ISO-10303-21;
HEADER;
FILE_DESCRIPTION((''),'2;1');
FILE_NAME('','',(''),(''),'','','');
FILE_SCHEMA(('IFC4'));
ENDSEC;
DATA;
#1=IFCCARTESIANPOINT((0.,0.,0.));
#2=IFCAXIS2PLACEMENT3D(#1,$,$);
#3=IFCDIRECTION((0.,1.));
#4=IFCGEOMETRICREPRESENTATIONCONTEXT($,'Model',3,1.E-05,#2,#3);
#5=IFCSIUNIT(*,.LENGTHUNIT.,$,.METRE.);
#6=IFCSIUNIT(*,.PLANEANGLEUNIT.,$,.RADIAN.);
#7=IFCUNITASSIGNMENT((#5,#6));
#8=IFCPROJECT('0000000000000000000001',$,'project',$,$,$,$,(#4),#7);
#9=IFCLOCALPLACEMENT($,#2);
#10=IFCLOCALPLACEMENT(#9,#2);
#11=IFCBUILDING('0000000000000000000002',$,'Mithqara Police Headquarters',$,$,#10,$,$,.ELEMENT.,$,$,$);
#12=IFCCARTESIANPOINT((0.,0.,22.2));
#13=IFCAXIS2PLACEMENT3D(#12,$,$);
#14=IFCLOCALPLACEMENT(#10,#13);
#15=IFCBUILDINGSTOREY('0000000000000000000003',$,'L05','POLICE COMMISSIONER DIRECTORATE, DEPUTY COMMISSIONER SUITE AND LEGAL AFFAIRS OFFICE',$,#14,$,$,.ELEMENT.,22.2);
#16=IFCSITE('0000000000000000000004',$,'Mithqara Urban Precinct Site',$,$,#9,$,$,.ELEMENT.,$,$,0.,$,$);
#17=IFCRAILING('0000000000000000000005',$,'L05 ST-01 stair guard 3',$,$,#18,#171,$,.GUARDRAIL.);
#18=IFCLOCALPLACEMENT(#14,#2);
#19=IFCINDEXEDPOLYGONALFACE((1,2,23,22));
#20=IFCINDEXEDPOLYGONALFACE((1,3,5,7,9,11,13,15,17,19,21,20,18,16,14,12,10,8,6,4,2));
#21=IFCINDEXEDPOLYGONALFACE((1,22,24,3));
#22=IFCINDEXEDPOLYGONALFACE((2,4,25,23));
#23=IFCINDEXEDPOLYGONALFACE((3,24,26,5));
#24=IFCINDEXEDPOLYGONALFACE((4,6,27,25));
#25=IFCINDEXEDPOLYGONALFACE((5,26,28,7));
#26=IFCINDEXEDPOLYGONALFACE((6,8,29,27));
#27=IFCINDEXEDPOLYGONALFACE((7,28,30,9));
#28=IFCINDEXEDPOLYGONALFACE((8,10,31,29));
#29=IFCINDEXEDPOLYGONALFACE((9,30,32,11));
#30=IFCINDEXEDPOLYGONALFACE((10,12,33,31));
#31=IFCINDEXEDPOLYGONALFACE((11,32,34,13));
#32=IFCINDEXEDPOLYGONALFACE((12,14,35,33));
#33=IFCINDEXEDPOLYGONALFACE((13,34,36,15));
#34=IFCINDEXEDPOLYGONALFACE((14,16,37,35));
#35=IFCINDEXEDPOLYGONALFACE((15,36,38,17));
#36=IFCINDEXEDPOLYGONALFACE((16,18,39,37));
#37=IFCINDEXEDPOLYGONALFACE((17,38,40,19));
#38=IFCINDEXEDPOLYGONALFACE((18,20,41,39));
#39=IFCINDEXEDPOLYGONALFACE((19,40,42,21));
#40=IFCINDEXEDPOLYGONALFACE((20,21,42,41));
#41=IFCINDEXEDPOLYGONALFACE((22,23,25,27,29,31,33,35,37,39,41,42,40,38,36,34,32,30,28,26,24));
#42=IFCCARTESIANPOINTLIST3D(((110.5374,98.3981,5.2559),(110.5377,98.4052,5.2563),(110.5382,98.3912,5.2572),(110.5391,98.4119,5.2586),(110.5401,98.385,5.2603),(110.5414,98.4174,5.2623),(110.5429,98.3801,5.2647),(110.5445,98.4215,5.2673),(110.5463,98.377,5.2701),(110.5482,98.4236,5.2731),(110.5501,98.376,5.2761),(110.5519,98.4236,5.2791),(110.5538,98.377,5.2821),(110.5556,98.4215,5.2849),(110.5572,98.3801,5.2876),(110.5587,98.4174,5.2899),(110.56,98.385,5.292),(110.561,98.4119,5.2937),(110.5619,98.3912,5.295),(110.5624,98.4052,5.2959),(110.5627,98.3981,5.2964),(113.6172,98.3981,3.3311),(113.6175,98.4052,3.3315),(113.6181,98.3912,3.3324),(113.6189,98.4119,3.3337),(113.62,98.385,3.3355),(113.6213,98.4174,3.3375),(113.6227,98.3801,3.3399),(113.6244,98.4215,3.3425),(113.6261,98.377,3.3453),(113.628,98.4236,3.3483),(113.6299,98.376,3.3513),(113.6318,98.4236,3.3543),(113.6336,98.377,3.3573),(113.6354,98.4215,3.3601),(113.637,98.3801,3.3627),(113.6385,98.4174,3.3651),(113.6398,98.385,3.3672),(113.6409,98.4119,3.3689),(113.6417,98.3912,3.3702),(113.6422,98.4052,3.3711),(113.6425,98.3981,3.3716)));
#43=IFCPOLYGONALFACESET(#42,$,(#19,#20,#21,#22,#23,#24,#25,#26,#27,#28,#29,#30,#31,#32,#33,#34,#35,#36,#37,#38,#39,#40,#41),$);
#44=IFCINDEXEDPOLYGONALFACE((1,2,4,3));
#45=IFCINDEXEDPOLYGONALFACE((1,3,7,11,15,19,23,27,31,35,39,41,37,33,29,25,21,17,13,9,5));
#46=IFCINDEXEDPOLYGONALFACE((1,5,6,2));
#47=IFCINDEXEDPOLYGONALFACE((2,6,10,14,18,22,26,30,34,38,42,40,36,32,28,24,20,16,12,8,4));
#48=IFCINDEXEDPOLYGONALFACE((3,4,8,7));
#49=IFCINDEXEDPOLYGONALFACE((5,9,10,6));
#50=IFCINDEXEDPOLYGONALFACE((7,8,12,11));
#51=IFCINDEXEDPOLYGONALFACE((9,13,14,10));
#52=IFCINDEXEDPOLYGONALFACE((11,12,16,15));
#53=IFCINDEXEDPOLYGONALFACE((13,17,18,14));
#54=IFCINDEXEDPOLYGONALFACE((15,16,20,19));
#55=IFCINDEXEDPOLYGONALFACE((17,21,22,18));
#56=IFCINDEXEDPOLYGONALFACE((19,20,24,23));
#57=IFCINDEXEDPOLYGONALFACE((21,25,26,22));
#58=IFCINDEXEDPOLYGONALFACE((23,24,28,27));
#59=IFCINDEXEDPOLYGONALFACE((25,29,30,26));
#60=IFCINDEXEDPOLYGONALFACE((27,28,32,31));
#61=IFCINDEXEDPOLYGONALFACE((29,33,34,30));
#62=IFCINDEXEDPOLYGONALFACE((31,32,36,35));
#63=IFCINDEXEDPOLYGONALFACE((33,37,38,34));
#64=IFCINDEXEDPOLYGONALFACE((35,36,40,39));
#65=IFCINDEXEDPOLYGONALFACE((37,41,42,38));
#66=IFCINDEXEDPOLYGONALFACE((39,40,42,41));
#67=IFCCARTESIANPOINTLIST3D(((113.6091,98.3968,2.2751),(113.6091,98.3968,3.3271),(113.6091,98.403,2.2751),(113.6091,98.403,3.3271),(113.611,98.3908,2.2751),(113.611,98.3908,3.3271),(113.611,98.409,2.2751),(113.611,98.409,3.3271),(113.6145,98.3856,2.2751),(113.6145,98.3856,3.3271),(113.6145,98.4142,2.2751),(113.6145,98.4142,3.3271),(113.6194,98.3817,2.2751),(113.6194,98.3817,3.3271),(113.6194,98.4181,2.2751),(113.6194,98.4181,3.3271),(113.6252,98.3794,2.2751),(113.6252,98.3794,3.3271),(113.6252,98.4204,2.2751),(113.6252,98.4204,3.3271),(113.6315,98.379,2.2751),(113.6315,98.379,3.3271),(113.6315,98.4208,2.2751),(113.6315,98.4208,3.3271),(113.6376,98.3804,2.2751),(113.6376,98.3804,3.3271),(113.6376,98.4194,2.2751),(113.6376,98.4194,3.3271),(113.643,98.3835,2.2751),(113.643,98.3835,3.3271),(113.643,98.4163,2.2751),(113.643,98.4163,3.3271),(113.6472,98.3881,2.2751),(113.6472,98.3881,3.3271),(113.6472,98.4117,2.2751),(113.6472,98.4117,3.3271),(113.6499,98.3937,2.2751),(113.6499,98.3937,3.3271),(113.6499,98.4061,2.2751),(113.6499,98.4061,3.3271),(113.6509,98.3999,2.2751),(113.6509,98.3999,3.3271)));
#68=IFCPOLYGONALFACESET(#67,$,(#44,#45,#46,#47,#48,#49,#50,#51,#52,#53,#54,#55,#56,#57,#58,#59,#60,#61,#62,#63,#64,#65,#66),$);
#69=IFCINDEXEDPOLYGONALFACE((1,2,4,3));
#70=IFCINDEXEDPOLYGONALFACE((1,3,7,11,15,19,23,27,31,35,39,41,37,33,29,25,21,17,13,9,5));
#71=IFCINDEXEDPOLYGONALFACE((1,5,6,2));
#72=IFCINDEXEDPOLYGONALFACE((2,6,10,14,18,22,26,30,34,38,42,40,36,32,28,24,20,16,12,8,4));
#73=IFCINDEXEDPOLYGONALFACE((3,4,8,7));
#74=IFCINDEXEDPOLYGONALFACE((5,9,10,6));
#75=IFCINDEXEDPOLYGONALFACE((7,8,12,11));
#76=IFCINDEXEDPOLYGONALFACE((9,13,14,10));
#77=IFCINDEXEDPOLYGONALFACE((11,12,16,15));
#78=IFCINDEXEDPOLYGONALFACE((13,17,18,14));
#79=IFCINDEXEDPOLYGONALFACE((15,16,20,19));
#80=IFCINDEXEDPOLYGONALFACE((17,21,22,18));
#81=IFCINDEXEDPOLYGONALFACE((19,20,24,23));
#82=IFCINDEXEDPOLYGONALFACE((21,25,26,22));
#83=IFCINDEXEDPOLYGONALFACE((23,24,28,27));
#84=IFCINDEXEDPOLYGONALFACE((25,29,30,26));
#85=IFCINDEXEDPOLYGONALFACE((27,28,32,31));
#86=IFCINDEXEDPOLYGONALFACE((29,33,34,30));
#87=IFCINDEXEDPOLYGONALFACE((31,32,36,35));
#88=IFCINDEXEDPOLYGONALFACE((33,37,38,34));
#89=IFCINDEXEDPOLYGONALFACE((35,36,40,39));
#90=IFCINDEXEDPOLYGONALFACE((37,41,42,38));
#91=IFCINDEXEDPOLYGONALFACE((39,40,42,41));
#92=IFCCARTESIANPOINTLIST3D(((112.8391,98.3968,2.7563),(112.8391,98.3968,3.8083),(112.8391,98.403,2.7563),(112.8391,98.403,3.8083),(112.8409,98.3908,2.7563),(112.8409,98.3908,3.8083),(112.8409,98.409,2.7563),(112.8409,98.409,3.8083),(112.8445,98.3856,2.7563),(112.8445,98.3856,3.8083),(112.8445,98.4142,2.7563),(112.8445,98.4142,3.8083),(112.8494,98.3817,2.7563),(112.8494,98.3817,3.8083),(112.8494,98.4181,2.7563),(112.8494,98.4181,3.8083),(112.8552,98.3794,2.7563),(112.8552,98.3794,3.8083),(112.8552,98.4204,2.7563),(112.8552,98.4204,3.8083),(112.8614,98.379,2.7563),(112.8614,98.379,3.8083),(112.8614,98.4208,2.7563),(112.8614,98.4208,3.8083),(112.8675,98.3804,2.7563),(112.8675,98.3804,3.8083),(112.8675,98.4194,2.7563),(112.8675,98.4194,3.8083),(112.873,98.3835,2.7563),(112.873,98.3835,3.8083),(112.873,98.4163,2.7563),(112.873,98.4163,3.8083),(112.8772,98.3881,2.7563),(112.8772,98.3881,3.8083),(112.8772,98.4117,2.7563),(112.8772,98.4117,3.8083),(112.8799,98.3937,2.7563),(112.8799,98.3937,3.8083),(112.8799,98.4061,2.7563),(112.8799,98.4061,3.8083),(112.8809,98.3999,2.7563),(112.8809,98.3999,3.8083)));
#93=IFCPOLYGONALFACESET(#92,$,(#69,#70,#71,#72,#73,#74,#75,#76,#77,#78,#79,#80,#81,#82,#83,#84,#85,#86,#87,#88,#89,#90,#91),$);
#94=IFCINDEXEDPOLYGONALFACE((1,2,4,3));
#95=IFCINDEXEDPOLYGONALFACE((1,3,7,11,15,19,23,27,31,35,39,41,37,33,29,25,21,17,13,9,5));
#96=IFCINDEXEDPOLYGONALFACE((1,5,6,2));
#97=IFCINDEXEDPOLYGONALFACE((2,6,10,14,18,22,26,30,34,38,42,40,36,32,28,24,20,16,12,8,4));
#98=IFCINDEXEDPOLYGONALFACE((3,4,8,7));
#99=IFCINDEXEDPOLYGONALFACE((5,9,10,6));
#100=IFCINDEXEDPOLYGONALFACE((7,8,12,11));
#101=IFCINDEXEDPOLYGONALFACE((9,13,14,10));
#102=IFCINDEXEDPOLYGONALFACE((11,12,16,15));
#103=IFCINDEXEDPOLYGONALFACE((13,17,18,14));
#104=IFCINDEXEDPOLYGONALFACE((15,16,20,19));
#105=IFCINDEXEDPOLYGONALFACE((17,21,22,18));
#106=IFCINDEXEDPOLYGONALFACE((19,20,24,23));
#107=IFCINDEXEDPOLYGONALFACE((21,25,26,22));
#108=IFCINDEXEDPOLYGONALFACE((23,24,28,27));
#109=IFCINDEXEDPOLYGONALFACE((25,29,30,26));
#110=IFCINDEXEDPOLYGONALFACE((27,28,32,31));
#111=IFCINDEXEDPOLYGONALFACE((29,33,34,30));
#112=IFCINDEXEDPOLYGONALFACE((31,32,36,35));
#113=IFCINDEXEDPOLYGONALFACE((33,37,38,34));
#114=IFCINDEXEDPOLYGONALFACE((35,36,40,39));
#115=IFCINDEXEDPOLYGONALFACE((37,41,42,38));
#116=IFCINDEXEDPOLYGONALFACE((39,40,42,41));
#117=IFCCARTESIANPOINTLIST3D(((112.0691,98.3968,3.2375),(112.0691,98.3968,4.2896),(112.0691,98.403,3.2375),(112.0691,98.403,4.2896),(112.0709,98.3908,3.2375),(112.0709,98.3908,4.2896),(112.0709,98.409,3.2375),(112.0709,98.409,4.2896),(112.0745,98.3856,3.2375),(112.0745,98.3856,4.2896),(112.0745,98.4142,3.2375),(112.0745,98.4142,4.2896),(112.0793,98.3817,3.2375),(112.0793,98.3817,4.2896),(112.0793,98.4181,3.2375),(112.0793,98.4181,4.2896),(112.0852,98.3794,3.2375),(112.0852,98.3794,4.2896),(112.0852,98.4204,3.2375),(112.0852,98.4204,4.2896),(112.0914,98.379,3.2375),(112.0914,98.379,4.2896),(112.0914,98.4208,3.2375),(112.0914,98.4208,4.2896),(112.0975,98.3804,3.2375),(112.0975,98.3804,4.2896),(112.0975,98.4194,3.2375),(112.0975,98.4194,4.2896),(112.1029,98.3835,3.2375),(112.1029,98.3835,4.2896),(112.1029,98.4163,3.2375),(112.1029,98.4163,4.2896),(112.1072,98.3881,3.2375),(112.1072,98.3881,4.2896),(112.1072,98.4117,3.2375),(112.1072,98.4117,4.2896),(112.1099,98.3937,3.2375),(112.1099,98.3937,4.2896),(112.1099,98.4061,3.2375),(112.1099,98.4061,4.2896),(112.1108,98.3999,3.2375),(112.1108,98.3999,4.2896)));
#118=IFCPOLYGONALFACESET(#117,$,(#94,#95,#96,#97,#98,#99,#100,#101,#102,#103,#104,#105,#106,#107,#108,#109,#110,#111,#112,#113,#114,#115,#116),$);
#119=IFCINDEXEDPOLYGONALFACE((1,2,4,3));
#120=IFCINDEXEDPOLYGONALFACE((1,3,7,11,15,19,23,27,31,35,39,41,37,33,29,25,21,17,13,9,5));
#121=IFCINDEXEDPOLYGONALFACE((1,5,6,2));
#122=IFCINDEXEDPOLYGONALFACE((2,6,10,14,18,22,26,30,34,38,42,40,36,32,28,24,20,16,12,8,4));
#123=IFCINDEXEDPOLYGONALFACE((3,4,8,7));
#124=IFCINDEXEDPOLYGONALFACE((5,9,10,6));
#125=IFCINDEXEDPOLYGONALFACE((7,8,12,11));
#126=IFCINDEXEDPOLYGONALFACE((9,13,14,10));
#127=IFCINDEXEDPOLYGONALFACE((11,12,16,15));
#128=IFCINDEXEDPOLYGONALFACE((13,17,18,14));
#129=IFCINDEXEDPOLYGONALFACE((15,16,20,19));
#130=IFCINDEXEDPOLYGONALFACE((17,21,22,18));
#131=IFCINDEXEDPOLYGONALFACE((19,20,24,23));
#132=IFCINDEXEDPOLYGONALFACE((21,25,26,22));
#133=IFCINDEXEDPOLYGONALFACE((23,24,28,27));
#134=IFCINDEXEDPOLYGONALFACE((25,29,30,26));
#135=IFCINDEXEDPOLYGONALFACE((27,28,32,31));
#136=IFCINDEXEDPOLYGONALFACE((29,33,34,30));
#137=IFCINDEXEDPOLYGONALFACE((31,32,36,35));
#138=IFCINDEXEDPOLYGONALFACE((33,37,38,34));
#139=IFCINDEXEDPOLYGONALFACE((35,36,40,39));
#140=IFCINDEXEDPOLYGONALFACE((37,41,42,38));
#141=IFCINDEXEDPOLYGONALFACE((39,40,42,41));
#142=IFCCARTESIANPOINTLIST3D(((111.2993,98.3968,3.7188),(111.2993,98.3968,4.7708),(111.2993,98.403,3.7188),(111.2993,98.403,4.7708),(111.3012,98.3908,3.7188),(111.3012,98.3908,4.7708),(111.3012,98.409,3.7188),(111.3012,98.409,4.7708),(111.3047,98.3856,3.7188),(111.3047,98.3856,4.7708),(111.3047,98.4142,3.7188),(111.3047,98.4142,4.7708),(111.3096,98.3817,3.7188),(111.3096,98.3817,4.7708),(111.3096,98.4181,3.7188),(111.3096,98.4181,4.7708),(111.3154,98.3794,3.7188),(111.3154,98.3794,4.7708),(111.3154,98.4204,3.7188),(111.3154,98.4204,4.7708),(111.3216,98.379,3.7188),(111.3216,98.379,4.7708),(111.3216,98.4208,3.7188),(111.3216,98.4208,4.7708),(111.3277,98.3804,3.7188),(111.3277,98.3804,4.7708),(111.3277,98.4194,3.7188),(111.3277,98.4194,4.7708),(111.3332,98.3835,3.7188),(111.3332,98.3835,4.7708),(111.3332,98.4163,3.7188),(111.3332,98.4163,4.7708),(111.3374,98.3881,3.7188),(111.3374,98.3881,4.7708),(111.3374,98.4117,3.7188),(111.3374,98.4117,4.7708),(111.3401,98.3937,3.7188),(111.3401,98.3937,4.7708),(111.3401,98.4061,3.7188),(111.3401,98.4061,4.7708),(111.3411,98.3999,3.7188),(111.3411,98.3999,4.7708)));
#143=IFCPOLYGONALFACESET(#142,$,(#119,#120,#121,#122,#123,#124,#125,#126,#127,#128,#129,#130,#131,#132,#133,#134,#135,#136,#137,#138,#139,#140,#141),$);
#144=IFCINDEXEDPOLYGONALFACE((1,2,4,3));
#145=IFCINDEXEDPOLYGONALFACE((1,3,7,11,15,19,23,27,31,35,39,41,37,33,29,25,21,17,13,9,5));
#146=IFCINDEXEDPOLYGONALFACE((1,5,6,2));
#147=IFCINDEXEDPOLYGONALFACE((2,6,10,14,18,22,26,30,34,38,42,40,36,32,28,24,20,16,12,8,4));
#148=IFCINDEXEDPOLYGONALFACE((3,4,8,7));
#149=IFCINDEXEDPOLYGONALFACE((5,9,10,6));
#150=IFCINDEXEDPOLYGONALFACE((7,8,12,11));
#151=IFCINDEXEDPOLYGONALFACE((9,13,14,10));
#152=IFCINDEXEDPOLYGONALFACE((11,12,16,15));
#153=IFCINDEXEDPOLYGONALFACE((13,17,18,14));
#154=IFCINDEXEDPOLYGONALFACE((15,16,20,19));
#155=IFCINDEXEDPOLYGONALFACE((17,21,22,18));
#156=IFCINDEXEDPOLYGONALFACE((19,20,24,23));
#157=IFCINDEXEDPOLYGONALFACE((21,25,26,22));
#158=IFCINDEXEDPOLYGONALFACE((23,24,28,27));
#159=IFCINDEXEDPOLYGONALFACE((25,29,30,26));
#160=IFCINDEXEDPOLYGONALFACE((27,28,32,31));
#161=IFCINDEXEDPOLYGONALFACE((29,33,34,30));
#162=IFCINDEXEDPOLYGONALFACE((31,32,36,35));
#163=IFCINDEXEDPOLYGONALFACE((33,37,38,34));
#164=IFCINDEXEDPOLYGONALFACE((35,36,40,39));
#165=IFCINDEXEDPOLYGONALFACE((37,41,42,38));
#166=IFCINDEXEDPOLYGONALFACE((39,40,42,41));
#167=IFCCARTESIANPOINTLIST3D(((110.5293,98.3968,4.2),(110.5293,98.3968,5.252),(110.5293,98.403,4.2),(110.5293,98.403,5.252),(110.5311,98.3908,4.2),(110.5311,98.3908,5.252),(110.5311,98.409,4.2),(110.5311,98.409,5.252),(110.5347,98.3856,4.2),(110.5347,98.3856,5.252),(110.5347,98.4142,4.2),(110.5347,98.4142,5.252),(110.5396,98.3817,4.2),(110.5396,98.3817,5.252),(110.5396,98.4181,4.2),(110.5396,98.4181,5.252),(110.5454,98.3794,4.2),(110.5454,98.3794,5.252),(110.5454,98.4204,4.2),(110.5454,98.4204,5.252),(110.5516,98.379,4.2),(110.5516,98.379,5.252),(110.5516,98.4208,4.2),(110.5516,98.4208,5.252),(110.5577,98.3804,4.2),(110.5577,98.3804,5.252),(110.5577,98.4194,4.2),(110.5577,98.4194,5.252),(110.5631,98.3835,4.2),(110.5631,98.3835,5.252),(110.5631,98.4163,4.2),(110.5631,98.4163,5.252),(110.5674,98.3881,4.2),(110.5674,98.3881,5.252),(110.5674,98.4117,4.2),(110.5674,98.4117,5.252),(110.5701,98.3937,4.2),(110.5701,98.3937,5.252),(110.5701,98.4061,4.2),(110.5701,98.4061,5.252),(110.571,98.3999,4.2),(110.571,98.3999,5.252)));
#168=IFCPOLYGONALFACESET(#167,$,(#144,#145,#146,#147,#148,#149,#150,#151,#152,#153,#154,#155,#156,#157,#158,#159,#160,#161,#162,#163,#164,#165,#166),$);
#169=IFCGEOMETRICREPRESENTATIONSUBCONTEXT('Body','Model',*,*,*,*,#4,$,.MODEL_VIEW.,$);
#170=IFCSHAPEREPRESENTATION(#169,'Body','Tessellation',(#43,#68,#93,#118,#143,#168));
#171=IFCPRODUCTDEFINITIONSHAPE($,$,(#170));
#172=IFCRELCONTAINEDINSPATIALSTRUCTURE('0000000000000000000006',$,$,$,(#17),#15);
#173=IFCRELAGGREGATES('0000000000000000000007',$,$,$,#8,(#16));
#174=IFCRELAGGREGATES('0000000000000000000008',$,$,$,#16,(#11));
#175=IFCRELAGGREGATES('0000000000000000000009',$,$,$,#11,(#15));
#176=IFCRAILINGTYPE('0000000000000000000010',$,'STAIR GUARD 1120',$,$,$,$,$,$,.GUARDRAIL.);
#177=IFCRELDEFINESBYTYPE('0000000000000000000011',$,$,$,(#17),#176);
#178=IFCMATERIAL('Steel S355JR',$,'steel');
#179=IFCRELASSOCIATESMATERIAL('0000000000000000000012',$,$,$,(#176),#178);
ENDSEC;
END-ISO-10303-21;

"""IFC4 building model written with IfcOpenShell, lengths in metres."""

from ifc_helpers import new_model, si_unit, direction, frame, origin, origin_2d, place, context, subcontext, project, spatial, circle, extrude, material, type_object, element, save


model = new_model("IFC4")

# Units and contexts
model_context = context("Model", 3, precision=1e-05, world=origin(), true_north=direction((0.0, 1.0)))
body_context = subcontext(model_context, "Body", "Model", "MODEL_VIEW")
ifc_project = project(units=[si_unit("LENGTHUNIT", "METRE"), si_unit("PLANEANGLEUNIT", "RADIAN")], contexts=[model_context])

# Site, building, storey
site_placement = place(None, origin())
site = spatial("IfcSite", under=ifc_project, at=site_placement, Name="Mithqara Urban Precinct Site", CompositionType="ELEMENT", RefElevation=0.0)
building_placement = place(site_placement, origin())
building = spatial("IfcBuilding", under=site, at=building_placement, Name="Mithqara Police Headquarters", CompositionType="ELEMENT")
storey_placement = place(building_placement, frame((0.0, 0.0, 22.2)))
storey = spatial("IfcBuildingStorey", under=building, at=storey_placement, Name="L05", Description="POLICE COMMISSIONER DIRECTORATE, DEPUTY COMMISSIONER SUITE AND LEGAL AFFAIRS OFFICE", CompositionType="ELEMENT", Elevation=22.2)

# Shared definitions
ifc_material_1 = material(Name="Steel S355JR", Category="steel")

# Railing
railing_type_1 = type_object("IfcRailingType", Name="STAIR GUARD 1120", PredefinedType="GUARDRAIL", material=ifc_material_1)
railing_1_placement = place(storey_placement, frame((113.6299, 98.3999, 2.2751)))
element("IfcRailing", 1, at=railing_1_placement, inside=storey, type_object=railing_type_1, Name="L05 ST-01 stair guard 3", PredefinedType="GUARDRAIL", context=body_context, shape_type="SweptSolid", body=[
    extrude(circle(Radius=0.0239, at=origin_2d()), frame((0.0, 0.0, 1.0762), z_axis=(-0.84801, 0.0, 0.529981), x_axis=(0.0, -1.0, 0.0)), (0.0, 0.0, 1.0), 3.6318),
    extrude(circle(Radius=0.021, at=origin_2d()), origin(), (0.0, 0.0, 1.0), 1.052),
    extrude(circle(Radius=0.021, at=origin_2d()), frame((-0.77, 0.0, 0.4812)), (0.0, 0.0, 1.0), 1.052),
    extrude(circle(Radius=0.021, at=origin_2d()), frame((-1.54, 0.0, 0.9624)), (0.0, 0.0, 1.0), 1.052),
    extrude(circle(Radius=0.021, at=origin_2d()), frame((-2.3098, 0.0, 1.4436)), (0.0, 0.0, 1.0), 1.052),
    extrude(circle(Radius=0.021, at=origin_2d()), frame((-3.0798, 0.0, 1.9248)), (0.0, 0.0, 1.0), 1.052),
])

save(model, "model.ifc")
